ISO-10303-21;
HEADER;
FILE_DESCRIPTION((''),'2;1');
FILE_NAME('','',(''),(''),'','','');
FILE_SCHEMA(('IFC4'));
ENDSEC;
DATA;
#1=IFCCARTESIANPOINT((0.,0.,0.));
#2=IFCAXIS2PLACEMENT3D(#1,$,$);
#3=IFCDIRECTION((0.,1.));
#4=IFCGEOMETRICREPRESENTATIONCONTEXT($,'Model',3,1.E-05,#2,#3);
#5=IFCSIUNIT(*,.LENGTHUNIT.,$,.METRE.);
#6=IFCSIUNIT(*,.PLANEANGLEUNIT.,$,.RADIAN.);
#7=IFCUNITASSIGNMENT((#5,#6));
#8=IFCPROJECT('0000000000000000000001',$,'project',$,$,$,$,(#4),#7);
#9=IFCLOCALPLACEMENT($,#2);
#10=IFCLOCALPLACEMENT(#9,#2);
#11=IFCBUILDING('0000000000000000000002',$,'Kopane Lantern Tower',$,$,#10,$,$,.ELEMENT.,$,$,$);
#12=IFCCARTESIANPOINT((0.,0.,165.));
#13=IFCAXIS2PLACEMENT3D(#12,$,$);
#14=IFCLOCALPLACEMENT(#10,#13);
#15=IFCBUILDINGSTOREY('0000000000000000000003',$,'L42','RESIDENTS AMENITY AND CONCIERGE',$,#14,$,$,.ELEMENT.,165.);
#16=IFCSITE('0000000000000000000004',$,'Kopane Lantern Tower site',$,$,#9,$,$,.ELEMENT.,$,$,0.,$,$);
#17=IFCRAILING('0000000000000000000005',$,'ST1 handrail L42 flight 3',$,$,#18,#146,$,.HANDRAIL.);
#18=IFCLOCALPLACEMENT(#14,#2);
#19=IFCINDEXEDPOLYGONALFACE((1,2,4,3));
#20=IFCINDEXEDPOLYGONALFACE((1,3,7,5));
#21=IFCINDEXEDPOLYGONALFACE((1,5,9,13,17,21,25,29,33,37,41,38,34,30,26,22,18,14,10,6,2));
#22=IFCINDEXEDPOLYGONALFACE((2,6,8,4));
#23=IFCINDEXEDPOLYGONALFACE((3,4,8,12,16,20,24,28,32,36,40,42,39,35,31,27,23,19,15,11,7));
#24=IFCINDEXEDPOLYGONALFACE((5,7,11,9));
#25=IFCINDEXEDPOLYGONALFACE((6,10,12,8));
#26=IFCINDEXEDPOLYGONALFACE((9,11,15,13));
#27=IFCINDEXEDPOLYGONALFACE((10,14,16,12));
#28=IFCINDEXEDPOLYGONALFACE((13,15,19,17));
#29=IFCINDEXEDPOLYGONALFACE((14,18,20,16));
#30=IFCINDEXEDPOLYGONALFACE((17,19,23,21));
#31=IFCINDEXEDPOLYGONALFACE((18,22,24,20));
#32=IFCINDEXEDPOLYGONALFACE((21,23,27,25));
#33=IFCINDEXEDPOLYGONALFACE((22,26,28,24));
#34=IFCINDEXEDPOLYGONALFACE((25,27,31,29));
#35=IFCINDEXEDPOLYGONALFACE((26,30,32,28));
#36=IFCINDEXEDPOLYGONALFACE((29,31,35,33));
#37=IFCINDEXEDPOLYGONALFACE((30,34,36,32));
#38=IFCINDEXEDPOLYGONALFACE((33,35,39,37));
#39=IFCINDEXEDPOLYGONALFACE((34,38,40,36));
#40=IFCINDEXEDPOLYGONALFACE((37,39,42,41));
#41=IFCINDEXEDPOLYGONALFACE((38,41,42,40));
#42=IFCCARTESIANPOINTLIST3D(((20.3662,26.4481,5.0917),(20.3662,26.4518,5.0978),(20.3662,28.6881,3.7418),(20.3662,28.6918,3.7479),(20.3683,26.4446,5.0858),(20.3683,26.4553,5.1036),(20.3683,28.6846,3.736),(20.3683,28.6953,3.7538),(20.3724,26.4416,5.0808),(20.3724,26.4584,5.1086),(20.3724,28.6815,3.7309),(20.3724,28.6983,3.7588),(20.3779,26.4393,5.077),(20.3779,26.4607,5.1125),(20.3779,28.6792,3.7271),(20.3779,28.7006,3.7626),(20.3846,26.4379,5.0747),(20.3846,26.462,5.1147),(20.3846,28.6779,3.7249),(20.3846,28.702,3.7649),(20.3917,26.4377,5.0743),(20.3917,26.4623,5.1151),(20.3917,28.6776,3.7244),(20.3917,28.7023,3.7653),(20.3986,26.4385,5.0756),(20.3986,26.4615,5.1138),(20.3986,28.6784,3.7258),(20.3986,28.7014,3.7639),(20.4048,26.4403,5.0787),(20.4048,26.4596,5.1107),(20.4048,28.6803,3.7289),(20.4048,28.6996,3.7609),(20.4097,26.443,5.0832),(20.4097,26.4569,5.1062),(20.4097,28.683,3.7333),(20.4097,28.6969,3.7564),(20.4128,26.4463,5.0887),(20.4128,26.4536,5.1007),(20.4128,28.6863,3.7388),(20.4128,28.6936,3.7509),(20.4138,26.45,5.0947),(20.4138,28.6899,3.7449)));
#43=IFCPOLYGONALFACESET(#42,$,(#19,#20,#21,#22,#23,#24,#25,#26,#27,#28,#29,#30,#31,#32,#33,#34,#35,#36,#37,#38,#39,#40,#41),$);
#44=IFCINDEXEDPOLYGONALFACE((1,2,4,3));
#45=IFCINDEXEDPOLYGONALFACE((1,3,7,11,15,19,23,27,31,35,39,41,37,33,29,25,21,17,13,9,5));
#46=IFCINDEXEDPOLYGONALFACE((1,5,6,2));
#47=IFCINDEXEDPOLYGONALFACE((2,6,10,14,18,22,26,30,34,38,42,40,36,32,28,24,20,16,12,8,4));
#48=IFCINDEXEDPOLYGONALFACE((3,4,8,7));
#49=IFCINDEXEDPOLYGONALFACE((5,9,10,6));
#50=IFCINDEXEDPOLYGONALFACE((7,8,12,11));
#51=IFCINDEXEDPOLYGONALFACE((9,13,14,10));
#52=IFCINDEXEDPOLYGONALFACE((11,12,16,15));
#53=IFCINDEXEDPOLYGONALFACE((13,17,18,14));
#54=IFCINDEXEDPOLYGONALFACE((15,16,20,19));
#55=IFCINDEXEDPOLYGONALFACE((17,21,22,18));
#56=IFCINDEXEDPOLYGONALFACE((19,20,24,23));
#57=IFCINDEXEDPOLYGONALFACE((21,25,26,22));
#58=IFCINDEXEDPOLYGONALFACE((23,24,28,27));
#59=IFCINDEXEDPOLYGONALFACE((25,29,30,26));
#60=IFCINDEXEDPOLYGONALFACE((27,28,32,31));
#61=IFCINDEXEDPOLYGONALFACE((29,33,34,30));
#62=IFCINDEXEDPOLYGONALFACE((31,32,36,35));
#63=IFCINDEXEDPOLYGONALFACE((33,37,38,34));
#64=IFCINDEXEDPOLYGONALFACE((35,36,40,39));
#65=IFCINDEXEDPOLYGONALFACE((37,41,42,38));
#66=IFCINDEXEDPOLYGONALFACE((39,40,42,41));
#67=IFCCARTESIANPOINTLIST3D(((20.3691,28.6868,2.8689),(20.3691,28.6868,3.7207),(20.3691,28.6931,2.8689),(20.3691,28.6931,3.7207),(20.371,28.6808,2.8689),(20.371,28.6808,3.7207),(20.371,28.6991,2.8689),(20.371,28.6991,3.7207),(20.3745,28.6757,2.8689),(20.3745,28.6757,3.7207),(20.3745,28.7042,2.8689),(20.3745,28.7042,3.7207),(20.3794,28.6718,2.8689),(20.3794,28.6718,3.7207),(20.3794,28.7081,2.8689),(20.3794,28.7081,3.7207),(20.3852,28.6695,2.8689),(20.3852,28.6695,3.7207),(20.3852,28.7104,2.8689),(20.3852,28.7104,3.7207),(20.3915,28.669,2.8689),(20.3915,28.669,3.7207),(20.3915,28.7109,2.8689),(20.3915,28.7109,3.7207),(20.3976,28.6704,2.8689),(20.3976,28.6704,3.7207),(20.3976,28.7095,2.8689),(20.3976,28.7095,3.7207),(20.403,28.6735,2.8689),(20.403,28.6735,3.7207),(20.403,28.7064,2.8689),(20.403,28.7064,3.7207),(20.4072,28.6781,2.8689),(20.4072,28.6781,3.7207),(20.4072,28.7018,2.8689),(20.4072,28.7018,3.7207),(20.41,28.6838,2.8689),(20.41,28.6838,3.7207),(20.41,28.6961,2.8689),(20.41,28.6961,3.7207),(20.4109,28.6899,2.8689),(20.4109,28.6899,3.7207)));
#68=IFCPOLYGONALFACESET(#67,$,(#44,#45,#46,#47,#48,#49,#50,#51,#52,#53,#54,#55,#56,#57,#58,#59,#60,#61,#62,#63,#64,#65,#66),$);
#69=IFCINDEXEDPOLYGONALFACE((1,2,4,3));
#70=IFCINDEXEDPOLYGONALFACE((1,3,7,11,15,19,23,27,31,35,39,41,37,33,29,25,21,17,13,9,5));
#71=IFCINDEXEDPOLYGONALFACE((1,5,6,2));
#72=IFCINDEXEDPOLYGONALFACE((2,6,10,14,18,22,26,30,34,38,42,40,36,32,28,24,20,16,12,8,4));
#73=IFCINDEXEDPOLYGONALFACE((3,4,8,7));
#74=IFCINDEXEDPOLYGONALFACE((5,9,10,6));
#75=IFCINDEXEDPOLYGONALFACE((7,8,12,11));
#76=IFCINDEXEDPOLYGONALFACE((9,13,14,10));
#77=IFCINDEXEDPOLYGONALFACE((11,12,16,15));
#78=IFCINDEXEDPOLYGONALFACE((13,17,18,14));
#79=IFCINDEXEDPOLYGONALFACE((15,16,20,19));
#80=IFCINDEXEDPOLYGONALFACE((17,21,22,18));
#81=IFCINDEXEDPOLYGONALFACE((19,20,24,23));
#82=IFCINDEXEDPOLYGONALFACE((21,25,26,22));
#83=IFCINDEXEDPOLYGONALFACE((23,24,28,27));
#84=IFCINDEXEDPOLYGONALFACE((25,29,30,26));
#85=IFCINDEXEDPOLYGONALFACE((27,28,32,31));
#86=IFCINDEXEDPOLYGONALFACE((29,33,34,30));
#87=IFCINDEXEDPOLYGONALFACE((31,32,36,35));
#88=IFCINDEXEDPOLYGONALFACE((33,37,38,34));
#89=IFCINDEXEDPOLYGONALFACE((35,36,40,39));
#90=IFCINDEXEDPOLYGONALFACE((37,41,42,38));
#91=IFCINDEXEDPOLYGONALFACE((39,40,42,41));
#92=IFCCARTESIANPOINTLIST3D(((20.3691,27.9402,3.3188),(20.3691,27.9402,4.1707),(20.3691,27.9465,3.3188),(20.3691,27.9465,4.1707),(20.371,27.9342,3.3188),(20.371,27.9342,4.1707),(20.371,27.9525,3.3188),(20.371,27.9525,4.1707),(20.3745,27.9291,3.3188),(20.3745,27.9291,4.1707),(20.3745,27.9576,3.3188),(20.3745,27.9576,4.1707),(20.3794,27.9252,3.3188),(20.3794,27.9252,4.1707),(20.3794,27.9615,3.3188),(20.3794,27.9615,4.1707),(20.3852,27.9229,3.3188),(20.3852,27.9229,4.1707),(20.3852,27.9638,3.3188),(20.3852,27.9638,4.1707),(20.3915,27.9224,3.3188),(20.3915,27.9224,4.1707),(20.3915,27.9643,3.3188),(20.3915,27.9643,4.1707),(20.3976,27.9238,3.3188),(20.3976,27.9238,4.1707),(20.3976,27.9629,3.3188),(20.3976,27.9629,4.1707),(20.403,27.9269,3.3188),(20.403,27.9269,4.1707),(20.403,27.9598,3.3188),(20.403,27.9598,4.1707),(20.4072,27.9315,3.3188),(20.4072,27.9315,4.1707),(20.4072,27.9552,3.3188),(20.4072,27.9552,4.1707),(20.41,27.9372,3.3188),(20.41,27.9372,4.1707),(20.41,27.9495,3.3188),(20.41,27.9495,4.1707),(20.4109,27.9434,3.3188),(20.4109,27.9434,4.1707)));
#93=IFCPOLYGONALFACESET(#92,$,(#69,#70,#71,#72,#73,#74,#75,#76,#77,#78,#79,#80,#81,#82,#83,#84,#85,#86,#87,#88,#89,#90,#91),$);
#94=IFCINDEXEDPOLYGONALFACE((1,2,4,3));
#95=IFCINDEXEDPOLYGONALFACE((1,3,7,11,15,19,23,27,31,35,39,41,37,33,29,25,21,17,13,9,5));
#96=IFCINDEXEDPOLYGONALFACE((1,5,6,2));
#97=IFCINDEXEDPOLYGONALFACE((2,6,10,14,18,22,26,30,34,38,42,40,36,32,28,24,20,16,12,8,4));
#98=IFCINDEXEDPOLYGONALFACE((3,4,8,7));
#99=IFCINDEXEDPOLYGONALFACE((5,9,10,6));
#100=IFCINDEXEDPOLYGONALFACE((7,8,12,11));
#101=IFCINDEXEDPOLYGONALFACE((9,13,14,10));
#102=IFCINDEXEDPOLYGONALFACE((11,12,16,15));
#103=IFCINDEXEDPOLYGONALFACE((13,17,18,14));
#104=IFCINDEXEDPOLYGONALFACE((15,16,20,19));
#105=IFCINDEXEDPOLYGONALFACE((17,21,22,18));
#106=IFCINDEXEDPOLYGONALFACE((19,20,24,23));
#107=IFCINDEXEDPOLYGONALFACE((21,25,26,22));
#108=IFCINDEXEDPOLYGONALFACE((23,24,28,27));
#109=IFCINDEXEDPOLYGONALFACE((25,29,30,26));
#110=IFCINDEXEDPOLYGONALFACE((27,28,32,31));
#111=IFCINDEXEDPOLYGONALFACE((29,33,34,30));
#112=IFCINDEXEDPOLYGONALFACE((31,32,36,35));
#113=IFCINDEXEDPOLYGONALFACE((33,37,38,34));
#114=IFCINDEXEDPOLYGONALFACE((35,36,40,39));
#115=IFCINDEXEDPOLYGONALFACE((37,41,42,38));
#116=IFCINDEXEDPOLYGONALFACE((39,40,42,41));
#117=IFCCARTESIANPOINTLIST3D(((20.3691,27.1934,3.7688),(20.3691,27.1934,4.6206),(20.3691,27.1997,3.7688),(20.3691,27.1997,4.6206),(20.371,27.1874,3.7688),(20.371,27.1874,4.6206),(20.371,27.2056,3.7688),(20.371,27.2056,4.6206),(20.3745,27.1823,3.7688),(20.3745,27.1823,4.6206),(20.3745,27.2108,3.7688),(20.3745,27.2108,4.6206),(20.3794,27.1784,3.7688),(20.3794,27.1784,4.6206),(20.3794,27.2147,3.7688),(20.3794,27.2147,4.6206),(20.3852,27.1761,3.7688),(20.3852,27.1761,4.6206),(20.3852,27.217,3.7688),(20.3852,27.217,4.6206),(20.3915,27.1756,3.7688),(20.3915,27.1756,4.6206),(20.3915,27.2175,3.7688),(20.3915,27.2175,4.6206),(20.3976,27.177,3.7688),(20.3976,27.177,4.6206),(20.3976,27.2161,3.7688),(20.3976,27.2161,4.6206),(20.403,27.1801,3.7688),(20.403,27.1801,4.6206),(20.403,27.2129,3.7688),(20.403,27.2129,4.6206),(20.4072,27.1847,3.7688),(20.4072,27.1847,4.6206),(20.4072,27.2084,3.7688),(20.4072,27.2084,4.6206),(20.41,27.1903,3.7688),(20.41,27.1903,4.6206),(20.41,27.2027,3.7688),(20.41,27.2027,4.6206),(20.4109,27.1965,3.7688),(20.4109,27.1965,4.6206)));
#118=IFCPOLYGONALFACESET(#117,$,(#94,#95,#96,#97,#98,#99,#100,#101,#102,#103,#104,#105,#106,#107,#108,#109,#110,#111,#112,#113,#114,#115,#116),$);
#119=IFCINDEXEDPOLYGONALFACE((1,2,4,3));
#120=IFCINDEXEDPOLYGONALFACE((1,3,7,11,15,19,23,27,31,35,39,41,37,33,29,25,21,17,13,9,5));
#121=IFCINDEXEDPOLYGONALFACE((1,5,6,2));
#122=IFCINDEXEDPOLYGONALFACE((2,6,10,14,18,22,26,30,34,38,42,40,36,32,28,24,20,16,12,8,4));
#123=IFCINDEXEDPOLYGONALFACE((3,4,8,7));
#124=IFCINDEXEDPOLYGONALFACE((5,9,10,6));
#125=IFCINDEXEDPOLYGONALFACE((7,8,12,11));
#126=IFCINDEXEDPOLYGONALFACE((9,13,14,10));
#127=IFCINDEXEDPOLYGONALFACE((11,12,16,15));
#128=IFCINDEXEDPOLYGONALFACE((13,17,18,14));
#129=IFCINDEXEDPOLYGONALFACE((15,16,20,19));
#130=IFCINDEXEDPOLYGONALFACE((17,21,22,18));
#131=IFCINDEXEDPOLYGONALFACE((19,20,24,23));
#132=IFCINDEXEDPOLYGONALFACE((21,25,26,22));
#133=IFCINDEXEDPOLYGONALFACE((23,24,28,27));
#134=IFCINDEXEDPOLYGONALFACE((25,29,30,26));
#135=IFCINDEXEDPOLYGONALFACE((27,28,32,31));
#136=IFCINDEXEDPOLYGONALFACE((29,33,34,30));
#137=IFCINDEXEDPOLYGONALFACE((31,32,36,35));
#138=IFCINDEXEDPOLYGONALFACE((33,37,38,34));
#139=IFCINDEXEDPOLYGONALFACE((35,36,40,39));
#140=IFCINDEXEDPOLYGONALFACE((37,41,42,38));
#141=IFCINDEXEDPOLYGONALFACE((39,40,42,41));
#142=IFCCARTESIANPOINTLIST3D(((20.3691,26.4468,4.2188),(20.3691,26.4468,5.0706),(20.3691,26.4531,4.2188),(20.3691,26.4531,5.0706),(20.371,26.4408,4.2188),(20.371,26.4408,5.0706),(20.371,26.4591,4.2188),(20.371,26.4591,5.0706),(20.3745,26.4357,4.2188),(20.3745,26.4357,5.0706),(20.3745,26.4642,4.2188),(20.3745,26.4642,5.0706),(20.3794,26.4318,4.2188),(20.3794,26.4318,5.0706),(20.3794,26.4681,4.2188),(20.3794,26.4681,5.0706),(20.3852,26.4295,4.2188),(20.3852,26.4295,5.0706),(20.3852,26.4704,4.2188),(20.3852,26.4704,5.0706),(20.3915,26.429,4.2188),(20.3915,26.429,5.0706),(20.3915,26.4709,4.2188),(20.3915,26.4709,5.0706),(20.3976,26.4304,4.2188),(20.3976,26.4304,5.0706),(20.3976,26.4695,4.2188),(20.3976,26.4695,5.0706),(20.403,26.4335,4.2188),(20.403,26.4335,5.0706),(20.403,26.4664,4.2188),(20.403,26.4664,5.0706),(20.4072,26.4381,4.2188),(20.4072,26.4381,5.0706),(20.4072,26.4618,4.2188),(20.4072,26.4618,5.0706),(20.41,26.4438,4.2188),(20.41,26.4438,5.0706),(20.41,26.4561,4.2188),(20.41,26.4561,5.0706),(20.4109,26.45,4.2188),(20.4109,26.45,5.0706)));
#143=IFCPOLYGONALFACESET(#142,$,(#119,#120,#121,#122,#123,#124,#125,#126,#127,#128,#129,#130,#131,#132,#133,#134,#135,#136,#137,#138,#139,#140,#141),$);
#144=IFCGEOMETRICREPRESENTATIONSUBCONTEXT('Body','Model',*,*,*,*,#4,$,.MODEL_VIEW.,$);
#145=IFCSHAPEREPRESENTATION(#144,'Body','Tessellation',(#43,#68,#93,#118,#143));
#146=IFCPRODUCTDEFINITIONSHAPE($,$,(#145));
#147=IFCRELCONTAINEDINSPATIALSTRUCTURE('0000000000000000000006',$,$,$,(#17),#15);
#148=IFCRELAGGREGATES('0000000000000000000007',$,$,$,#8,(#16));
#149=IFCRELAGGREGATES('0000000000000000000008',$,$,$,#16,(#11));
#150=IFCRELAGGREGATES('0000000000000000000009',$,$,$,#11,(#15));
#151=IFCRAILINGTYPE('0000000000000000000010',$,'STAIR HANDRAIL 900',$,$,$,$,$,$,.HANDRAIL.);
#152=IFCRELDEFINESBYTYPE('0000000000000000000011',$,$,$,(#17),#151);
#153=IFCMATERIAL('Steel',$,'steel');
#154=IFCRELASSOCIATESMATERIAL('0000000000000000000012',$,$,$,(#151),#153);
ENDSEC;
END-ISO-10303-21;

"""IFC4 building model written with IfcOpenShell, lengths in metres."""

from ifc_helpers import new_model, si_unit, direction, frame, origin, origin_2d, place, context, subcontext, project, spatial, circle, extrude, material, type_object, element, save


model = new_model("IFC4")

# Units and contexts
model_context = context("Model", 3, precision=1e-05, world=origin(), true_north=direction((0.0, 1.0)))
body_context = subcontext(model_context, "Body", "Model", "MODEL_VIEW")
ifc_project = project(units=[si_unit("LENGTHUNIT", "METRE"), si_unit("PLANEANGLEUNIT", "RADIAN")], contexts=[model_context])

# Site, building, storey
site_placement = place(None, origin())
site = spatial("IfcSite", under=ifc_project, at=site_placement, Name="Kopane Lantern Tower site", CompositionType="ELEMENT", RefElevation=0.0)
building_placement = place(site_placement, origin())
building = spatial("IfcBuilding", under=site, at=building_placement, Name="Kopane Lantern Tower", CompositionType="ELEMENT")
storey_placement = place(building_placement, frame((0.0, 0.0, 165.0)))
storey = spatial("IfcBuildingStorey", under=building, at=storey_placement, Name="L42", Description="RESIDENTS AMENITY AND CONCIERGE", CompositionType="ELEMENT", Elevation=165.0)

# Railing
ifc_material_1 = material(Name="Steel", Category="steel")
railing_type_1 = type_object("IfcRailingType", Name="STAIR HANDRAIL 900", PredefinedType="HANDRAIL", material=ifc_material_1)
for number, where, name in (
    (1, (20.3899, 28.6899, 2.8689), "ST1 handrail L42 flight 3"),
):
    element("IfcRailing", number, at=place(storey_placement, frame(where)), inside=storey, type_object=railing_type_1, Name=name, PredefinedType="HANDRAIL", context=body_context, shape_type="SweptSolid", body=[
        extrude(circle(Radius=0.0239, at=origin_2d()), frame((0.0, 0.0, 0.876), z_axis=(0.0, -0.856503, 0.516142), x_axis=(1.0, 0.0, 0.0)), (0.0, 0.0, 1.0), 2.6152),
        extrude(circle(Radius=0.021, at=origin_2d()), origin(), (0.0, 0.0, 1.0), 0.8518),
        extrude(circle(Radius=0.021, at=origin_2d()), frame((0.0, -0.7466, 0.45)), (0.0, 0.0, 1.0), 0.8518),
        extrude(circle(Radius=0.021, at=origin_2d()), frame((0.0, -1.4934, 0.8999)), (0.0, 0.0, 1.0), 0.8518),
        extrude(circle(Radius=0.021, at=origin_2d()), frame((0.0, -2.24, 1.3499)), (0.0, 0.0, 1.0), 0.8518),
    ])

save(model, "model.ifc")
